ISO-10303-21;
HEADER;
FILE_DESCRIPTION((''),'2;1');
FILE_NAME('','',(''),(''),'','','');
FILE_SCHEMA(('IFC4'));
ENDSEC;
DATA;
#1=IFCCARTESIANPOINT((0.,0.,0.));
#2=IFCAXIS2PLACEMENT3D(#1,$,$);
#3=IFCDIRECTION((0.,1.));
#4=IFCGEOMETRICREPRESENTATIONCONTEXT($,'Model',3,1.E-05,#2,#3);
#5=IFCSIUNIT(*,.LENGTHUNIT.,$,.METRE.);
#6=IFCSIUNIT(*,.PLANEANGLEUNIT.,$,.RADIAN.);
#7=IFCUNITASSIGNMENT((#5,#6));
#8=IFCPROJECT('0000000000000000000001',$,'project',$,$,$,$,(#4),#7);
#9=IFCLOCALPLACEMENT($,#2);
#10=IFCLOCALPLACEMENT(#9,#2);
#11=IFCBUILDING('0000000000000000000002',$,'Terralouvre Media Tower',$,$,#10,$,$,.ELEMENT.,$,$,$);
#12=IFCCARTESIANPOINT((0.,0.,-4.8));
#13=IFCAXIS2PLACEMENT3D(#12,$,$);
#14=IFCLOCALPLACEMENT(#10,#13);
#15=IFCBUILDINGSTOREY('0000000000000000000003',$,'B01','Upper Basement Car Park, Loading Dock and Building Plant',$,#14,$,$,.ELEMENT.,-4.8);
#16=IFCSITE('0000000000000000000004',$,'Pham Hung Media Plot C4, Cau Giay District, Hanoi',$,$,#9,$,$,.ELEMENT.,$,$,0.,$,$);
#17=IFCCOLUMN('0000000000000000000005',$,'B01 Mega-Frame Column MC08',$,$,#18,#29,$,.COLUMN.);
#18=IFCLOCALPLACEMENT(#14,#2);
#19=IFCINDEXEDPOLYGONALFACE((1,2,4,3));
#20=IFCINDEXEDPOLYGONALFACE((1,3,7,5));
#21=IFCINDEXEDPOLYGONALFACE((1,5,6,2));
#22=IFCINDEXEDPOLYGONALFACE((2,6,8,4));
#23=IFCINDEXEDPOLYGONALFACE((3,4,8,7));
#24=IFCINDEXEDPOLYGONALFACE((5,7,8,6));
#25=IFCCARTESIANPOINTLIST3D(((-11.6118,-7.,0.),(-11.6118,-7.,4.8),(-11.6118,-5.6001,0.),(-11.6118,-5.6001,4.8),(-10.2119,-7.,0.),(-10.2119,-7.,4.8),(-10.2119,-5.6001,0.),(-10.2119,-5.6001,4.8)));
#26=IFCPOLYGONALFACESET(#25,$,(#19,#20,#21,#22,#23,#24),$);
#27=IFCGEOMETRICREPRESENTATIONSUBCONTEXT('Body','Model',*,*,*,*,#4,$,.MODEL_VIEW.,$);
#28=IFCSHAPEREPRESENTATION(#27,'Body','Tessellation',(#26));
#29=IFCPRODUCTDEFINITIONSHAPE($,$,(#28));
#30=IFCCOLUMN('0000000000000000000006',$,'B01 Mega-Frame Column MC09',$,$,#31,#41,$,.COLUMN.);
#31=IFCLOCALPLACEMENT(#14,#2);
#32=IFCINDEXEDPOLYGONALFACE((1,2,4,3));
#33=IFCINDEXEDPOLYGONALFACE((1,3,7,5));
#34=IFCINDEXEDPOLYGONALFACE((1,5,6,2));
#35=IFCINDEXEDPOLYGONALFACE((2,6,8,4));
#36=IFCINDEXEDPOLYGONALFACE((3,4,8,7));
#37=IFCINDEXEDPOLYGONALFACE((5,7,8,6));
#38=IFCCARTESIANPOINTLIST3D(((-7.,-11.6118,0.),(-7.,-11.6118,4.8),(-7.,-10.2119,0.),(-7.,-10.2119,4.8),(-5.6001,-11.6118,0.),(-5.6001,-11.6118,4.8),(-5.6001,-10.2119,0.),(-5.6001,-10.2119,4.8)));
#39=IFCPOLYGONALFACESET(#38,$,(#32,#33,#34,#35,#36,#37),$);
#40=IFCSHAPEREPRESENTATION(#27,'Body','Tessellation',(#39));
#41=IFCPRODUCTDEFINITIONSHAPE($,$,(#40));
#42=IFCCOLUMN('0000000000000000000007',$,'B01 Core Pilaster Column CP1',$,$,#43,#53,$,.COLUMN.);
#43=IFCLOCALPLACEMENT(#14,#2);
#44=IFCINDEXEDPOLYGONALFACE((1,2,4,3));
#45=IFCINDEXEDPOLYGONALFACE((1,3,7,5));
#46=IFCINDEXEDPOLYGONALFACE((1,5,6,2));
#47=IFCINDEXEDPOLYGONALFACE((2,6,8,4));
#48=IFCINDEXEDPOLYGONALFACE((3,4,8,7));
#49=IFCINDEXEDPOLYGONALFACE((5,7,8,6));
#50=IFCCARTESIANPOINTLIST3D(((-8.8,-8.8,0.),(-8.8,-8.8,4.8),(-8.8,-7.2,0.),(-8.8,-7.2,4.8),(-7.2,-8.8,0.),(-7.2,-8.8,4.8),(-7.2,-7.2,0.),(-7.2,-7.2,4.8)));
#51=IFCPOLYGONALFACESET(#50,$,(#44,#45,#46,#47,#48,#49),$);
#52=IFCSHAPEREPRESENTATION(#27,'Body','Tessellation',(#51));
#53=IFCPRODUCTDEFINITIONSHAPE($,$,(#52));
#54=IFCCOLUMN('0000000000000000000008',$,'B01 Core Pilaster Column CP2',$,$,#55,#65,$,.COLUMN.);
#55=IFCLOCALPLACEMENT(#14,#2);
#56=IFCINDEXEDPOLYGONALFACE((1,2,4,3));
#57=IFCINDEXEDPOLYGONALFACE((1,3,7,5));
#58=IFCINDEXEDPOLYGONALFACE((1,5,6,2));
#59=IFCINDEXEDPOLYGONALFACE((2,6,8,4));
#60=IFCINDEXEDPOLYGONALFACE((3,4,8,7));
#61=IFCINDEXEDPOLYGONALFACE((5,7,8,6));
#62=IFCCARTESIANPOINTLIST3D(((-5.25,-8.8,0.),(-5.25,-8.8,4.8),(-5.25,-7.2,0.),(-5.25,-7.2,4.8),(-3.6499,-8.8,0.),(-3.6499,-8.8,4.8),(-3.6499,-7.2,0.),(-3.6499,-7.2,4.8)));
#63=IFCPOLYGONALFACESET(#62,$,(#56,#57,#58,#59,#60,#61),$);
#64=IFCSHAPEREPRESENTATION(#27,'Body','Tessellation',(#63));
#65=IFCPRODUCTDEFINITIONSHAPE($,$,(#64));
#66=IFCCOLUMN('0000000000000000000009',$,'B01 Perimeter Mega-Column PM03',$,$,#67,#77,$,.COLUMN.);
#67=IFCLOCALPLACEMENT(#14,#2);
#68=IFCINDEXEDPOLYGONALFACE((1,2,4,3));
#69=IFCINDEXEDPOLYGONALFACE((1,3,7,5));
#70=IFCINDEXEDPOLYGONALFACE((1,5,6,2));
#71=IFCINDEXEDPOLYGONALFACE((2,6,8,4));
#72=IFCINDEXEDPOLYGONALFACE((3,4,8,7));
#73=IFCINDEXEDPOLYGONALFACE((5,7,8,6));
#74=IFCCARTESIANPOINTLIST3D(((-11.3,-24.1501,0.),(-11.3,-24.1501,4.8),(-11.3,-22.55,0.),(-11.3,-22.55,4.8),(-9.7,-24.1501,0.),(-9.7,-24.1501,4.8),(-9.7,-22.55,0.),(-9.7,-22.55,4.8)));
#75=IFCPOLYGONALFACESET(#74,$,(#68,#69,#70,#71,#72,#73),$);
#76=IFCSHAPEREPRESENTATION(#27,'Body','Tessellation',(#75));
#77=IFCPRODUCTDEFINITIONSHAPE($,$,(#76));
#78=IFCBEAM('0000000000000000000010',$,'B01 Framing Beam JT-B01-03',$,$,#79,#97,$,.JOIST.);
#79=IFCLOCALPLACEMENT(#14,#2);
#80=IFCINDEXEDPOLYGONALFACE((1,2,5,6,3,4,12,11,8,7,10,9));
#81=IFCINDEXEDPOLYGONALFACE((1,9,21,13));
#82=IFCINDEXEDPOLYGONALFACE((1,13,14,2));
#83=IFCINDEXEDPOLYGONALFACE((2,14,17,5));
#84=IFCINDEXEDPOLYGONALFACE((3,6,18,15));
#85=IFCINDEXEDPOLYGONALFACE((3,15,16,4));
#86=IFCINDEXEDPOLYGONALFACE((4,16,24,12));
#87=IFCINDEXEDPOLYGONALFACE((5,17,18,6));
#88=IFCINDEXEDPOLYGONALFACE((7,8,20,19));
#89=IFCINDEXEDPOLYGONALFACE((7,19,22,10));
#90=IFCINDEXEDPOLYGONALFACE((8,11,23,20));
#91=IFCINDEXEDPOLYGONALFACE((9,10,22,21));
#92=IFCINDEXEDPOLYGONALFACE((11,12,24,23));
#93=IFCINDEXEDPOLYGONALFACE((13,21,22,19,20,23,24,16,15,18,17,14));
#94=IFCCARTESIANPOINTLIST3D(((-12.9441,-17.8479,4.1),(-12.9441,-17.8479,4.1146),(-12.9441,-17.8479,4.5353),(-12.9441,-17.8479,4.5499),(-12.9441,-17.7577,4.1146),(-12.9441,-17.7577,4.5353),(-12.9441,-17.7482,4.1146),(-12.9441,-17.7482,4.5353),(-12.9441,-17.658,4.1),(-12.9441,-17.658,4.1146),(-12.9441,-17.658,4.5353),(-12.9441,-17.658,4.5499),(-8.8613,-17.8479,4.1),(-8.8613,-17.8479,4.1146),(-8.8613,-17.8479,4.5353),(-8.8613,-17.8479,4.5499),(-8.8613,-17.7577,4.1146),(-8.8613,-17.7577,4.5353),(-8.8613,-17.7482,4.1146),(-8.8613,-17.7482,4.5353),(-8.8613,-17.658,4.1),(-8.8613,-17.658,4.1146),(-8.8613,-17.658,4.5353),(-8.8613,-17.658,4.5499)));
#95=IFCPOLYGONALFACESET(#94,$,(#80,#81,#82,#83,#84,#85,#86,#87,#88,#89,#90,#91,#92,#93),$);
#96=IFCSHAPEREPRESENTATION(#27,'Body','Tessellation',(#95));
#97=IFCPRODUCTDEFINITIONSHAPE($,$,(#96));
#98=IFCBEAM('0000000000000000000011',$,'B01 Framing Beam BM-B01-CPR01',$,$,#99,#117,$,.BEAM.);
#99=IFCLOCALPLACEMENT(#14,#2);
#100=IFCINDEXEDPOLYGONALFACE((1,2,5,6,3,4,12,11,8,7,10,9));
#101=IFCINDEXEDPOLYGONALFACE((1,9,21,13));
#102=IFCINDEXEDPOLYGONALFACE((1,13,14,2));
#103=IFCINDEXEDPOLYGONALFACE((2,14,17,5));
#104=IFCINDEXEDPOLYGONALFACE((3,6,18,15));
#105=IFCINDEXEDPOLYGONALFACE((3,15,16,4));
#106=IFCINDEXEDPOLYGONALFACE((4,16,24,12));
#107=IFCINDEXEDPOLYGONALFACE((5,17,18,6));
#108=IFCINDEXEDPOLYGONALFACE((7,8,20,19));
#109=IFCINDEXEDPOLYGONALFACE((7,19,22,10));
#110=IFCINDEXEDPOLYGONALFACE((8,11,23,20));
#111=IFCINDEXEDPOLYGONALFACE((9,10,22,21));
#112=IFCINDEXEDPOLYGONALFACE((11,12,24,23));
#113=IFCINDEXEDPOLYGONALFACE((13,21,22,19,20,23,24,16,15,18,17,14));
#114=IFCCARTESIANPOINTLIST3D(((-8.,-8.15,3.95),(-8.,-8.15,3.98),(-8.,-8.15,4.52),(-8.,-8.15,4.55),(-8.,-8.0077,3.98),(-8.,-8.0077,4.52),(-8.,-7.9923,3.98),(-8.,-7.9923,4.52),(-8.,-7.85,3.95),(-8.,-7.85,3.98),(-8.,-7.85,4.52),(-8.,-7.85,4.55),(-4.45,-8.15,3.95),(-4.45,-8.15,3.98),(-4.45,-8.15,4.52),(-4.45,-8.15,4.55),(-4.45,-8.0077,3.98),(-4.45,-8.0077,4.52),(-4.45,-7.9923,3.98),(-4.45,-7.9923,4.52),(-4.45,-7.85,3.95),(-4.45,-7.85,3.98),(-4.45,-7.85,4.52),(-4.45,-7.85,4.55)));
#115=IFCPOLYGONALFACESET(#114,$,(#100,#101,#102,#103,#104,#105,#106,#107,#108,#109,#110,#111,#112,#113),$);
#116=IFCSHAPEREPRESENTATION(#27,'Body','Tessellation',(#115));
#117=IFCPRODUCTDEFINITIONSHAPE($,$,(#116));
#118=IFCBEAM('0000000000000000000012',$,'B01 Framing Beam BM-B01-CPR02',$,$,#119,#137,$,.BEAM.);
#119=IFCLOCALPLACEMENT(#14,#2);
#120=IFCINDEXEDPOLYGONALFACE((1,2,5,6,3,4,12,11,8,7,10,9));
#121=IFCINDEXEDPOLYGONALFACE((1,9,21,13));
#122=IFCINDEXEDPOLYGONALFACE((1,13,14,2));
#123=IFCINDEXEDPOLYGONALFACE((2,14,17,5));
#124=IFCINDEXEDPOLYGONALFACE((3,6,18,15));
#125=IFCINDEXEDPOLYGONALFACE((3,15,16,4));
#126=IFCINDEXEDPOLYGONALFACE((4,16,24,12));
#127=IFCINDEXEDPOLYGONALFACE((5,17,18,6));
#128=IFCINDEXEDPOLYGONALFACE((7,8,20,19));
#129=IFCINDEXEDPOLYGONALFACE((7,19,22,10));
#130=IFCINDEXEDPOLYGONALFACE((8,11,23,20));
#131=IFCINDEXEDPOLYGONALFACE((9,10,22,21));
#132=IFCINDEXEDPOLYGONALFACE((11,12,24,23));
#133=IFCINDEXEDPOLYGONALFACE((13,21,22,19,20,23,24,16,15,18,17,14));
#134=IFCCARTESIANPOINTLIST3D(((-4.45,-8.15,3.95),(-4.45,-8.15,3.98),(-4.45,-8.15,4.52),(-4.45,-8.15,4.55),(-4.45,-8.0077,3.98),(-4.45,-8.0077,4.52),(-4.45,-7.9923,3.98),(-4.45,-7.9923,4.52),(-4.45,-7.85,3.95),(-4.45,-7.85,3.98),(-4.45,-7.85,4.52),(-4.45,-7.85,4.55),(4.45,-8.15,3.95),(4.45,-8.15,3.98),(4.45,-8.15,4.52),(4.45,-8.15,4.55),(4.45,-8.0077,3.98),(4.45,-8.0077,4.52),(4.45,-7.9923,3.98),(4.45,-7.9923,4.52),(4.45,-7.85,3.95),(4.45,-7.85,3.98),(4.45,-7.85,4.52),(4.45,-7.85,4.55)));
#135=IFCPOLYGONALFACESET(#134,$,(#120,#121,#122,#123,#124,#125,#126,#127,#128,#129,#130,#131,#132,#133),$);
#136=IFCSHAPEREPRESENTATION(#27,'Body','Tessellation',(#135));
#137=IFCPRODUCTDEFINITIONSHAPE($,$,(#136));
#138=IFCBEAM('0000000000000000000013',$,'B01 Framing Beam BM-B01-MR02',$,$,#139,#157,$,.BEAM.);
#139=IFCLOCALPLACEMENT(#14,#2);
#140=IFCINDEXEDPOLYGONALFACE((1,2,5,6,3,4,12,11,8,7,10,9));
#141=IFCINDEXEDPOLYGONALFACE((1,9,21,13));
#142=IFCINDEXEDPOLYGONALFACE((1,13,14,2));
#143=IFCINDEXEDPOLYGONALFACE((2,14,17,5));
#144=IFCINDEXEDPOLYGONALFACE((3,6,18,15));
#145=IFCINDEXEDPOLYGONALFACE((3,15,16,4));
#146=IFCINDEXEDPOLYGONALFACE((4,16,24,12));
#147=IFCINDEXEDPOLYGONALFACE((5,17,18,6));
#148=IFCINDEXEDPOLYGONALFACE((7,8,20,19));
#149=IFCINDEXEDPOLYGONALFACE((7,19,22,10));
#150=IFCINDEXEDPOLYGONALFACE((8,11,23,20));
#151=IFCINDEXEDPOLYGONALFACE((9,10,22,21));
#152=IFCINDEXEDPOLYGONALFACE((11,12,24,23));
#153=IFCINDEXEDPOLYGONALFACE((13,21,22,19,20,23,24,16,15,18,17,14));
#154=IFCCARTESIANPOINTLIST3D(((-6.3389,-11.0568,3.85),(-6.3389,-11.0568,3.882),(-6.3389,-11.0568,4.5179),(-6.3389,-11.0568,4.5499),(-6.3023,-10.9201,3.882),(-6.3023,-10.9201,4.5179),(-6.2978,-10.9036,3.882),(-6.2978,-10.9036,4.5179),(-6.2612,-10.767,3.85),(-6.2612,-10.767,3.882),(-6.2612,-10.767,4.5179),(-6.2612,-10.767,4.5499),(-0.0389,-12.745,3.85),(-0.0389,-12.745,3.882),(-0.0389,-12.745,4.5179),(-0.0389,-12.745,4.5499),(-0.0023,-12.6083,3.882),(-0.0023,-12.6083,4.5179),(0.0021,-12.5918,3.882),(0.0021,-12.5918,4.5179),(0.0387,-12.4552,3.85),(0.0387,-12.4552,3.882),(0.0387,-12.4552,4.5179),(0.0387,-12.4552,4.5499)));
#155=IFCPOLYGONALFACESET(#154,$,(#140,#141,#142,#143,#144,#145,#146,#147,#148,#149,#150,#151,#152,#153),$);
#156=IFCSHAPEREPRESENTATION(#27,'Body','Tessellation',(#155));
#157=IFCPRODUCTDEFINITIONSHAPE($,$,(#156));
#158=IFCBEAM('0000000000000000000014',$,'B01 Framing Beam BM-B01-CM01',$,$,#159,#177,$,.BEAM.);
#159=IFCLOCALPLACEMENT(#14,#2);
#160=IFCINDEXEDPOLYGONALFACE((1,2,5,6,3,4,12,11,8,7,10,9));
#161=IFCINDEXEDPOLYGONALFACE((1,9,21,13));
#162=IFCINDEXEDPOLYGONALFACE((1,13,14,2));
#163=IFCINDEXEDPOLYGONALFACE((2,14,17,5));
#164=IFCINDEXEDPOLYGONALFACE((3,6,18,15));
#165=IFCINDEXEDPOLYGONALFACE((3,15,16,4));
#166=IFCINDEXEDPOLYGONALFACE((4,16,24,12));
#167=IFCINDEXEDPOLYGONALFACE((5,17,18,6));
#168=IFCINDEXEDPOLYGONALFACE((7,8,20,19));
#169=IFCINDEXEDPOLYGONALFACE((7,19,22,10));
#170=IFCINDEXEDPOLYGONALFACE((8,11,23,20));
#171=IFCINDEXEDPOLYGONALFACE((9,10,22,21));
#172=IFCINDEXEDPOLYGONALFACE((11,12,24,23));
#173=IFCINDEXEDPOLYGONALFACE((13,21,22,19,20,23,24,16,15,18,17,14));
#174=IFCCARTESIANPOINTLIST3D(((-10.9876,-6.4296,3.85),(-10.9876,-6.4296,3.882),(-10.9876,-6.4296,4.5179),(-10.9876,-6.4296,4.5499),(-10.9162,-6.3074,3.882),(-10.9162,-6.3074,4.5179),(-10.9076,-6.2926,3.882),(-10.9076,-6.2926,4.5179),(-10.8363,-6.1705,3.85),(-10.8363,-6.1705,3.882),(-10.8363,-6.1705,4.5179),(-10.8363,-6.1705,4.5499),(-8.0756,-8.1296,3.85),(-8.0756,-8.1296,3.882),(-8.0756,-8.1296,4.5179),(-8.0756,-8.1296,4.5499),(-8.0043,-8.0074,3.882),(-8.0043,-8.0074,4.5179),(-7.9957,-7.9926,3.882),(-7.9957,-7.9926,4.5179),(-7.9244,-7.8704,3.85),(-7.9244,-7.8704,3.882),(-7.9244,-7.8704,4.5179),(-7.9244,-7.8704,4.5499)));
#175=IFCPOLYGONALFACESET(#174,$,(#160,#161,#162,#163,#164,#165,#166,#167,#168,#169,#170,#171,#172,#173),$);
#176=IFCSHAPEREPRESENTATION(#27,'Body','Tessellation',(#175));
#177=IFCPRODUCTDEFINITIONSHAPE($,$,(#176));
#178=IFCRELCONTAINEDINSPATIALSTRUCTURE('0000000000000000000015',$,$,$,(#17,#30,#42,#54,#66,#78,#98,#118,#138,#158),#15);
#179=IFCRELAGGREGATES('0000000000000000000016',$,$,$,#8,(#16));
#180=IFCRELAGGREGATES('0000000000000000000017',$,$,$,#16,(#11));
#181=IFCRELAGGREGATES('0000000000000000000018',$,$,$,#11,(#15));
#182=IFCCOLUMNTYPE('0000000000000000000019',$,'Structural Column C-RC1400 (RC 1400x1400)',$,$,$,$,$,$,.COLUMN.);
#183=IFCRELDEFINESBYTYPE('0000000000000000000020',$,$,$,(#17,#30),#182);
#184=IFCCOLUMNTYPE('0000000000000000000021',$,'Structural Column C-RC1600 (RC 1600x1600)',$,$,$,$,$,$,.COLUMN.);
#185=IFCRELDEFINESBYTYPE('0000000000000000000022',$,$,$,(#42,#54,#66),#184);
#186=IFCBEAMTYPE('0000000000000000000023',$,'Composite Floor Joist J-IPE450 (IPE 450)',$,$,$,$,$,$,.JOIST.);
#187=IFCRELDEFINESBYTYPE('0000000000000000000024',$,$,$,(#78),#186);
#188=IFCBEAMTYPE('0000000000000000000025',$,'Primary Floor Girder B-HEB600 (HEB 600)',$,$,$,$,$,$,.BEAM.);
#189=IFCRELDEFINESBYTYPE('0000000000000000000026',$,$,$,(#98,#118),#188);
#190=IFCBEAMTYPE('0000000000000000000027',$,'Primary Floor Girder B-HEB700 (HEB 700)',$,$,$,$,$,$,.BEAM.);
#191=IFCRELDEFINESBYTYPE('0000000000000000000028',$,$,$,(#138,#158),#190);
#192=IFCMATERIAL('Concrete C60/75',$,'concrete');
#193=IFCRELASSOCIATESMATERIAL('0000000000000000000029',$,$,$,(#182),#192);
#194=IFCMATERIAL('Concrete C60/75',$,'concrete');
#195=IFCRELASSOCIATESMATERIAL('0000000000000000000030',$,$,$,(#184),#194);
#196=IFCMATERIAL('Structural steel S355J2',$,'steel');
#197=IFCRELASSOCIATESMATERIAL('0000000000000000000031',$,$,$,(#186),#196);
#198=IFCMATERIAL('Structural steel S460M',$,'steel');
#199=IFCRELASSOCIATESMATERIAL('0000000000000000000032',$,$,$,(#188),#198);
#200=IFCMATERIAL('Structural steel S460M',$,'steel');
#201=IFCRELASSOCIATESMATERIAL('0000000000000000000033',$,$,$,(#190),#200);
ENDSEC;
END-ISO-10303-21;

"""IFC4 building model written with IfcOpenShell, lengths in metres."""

from ifc_helpers import new_model, si_unit, direction, frame, origin, origin_2d, place, context, subcontext, project, spatial, rectangle, i_section, extrude, material, material_profile, profile_set, type_object, element, save


model = new_model("IFC4")

# Units and contexts
model_context = context("Model", 3, precision=1e-05, world=origin(), true_north=direction((0.0, 1.0)))
body_context = subcontext(model_context, "Body", "Model", "MODEL_VIEW")
ifc_project = project(units=[si_unit("LENGTHUNIT", "METRE"), si_unit("PLANEANGLEUNIT", "RADIAN")], contexts=[model_context])

# Site, building, storey
site_placement = place(None, origin())
site = spatial("IfcSite", under=ifc_project, at=site_placement, Name="Pham Hung Media Plot C4, Cau Giay District, Hanoi", CompositionType="ELEMENT", RefElevation=0.0)
building_placement = place(site_placement, origin())
building = spatial("IfcBuilding", under=site, at=building_placement, Name="Terralouvre Media Tower", CompositionType="ELEMENT")
storey_placement = place(building_placement, frame((0.0, 0.0, -4.8)))
storey = spatial("IfcBuildingStorey", under=building, at=storey_placement, Name="B01", Description="Upper Basement Car Park, Loading Dock and Building Plant", CompositionType="ELEMENT", Elevation=-4.8)

# Columns
ifc_material_1 = material(Name="Concrete C60/75", Category="concrete")
ifc_material_profile_1 = material_profile(ifc_material_1, rectangle(XDim=1.3999, YDim=1.3999, at=origin_2d()), Name="RC 1400x1400")
ifc_profile_set_1 = profile_set([ifc_material_profile_1], Name="Concrete C60/75")
column_type_1 = type_object("IfcColumnType", Name="Structural Column C-RC1400 (RC 1400x1400)", PredefinedType="COLUMN", material=ifc_profile_set_1)
for number, where, z_axis, x_axis, name in (
    (1, (-10.9119, -6.3, 0.0), (0.0, 0.0, 1.0), (1.0, 0.0, 0.0), "B01 Mega-Frame Column MC08"),
    (2, (-6.3, -10.9119, 0.0), (0.0, 0.0, 1.0), (1.0, 0.0, 0.0), "B01 Mega-Frame Column MC09"),
):
    element("IfcColumn", number, at=place(storey_placement, frame(where, z_axis=z_axis, x_axis=x_axis)), inside=storey, type_object=column_type_1, Name=name, PredefinedType="COLUMN", context=body_context, shape_type="SweptSolid", body=[
        extrude(rectangle(XDim=1.3999, YDim=1.3999, at=origin_2d()), origin(), (0.0, 0.0, 1.0), 4.8),
    ])
ifc_material_2 = material(Name="Concrete C60/75", Category="concrete")
ifc_material_profile_2 = material_profile(ifc_material_2, rectangle(XDim=1.6001, YDim=1.6001, at=origin_2d()), Name="RC 1600x1600")
ifc_profile_set_2 = profile_set([ifc_material_profile_2], Name="Concrete C60/75")
column_type_2 = type_object("IfcColumnType", Name="Structural Column C-RC1600 (RC 1600x1600)", PredefinedType="COLUMN", material=ifc_profile_set_2)
for number, where, z_axis, x_axis, name in (
    (3, (-8.0, -8.0, 0.0), (0.0, 0.0, 1.0), (1.0, 0.0, 0.0), "B01 Core Pilaster Column CP1"),
    (4, (-4.45, -8.0, 0.0), (0.0, 0.0, 1.0), (1.0, 0.0, 0.0), "B01 Core Pilaster Column CP2"),
    (5, (-10.5, -23.3501, 0.0), (0.0, 0.0, 1.0), (1.0, 0.0, 0.0), "B01 Perimeter Mega-Column PM03"),
):
    element("IfcColumn", number, at=place(storey_placement, frame(where, z_axis=z_axis, x_axis=x_axis)), inside=storey, type_object=column_type_2, Name=name, PredefinedType="COLUMN", context=body_context, shape_type="SweptSolid", body=[
        extrude(rectangle(XDim=1.6001, YDim=1.6001, at=origin_2d()), origin(), (0.0, 0.0, 1.0), 4.8),
    ])

# Beams
ifc_material_3 = material(Name="Structural steel S355J2", Category="steel")
ifc_material_profile_3 = material_profile(ifc_material_3, i_section(OverallWidth=0.1899, OverallDepth=0.45, WebThickness=0.0095, FlangeThickness=0.0146, at=origin_2d()), Name="IPE 450")
ifc_profile_set_3 = profile_set([ifc_material_profile_3], Name="Structural steel S355J2")
beam_type_1 = type_object("IfcBeamType", Name="Composite Floor Joist J-IPE450 (IPE 450)", PredefinedType="JOIST", material=ifc_profile_set_3)
beam_1_placement = place(storey_placement, frame((-12.9441, -17.7529, 4.325), z_axis=(1.0, 0.0, 0.0), x_axis=(0.0, 1.0, 0.0)))
element("IfcBeam", 6, at=beam_1_placement, inside=storey, type_object=beam_type_1, Name="B01 Framing Beam JT-B01-03", PredefinedType="JOIST", context=body_context, shape_type="SweptSolid", body=[
    extrude(i_section(OverallWidth=0.1899, OverallDepth=0.45, WebThickness=0.0095, FlangeThickness=0.0146, at=origin_2d()), origin(), (0.0, 0.0, 1.0), 4.0828),
])
ifc_material_4 = material(Name="Structural steel S460M", Category="steel")
ifc_material_profile_4 = material_profile(ifc_material_4, i_section(OverallWidth=0.3, OverallDepth=0.6001, WebThickness=0.0154, FlangeThickness=0.03, at=origin_2d()), Name="HEB 600")
ifc_profile_set_4 = profile_set([ifc_material_profile_4], Name="Structural steel S460M")
beam_type_2 = type_object("IfcBeamType", Name="Primary Floor Girder B-HEB600 (HEB 600)", PredefinedType="BEAM", material=ifc_profile_set_4)
beam_2_placement = place(storey_placement, frame((-8.0, -8.0, 4.25), z_axis=(1.0, 0.0, 0.0), x_axis=(0.0, 1.0, 0.0)))
element("IfcBeam", 7, at=beam_2_placement, inside=storey, type_object=beam_type_2, Name="B01 Framing Beam BM-B01-CPR01", PredefinedType="BEAM", context=body_context, shape_type="SweptSolid", body=[
    extrude(i_section(OverallWidth=0.3, OverallDepth=0.6001, WebThickness=0.0154, FlangeThickness=0.03, at=origin_2d()), origin(), (0.0, 0.0, 1.0), 3.55),
])
beam_3_placement = place(storey_placement, frame((-4.45, -8.0, 4.25), z_axis=(1.0, 0.0, 0.0), x_axis=(0.0, 1.0, 0.0)))
element("IfcBeam", 8, at=beam_3_placement, inside=storey, type_object=beam_type_2, Name="B01 Framing Beam BM-B01-CPR02", PredefinedType="BEAM", context=body_context, shape_type="SweptSolid", body=[
    extrude(i_section(OverallWidth=0.3, OverallDepth=0.6001, WebThickness=0.0154, FlangeThickness=0.03, at=origin_2d()), origin(), (0.0, 0.0, 1.0), 8.8999),
])
ifc_material_5 = material(Name="Structural steel S460M", Category="steel")
ifc_material_profile_5 = material_profile(ifc_material_5, i_section(OverallWidth=0.3, OverallDepth=0.7, WebThickness=0.0171, FlangeThickness=0.032, at=origin_2d()), Name="HEB 700")
ifc_profile_set_5 = profile_set([ifc_material_profile_5], Name="Structural steel S460M")
beam_type_3 = type_object("IfcBeamType", Name="Primary Floor Girder B-HEB700 (HEB 700)", PredefinedType="BEAM", material=ifc_profile_set_5)
beam_4_placement = place(storey_placement, frame((-6.3, -10.9119, 4.2), z_axis=(0.96592, -0.258839, 0.0), x_axis=(0.258839, 0.96592, 0.0)))
element("IfcBeam", 9, at=beam_4_placement, inside=storey, type_object=beam_type_3, Name="B01 Framing Beam BM-B01-MR02", PredefinedType="BEAM", context=body_context, shape_type="SweptSolid", body=[
    extrude(i_section(OverallWidth=0.3, OverallDepth=0.7, WebThickness=0.0171, FlangeThickness=0.032, at=origin_2d()), origin(), (0.0, 0.0, 1.0), 6.5222),
])
for number, where, z_axis, x_axis, name in (
    (10, (-8.0, -8.0, 4.2), (-0.863603, 0.504173, 0.0), (-0.504173, -0.863603, 0.0), "B01 Framing Beam BM-B01-CM01"),
):
    element("IfcBeam", number, at=place(storey_placement, frame(where, z_axis=z_axis, x_axis=x_axis)), inside=storey, type_object=beam_type_3, Name=name, PredefinedType="BEAM", context=body_context, shape_type="SweptSolid", body=[
        extrude(i_section(OverallWidth=0.3, OverallDepth=0.7, WebThickness=0.0171, FlangeThickness=0.032, at=origin_2d()), origin(), (0.0, 0.0, 1.0), 3.3718),
    ])

save(model, "model.ifc")
